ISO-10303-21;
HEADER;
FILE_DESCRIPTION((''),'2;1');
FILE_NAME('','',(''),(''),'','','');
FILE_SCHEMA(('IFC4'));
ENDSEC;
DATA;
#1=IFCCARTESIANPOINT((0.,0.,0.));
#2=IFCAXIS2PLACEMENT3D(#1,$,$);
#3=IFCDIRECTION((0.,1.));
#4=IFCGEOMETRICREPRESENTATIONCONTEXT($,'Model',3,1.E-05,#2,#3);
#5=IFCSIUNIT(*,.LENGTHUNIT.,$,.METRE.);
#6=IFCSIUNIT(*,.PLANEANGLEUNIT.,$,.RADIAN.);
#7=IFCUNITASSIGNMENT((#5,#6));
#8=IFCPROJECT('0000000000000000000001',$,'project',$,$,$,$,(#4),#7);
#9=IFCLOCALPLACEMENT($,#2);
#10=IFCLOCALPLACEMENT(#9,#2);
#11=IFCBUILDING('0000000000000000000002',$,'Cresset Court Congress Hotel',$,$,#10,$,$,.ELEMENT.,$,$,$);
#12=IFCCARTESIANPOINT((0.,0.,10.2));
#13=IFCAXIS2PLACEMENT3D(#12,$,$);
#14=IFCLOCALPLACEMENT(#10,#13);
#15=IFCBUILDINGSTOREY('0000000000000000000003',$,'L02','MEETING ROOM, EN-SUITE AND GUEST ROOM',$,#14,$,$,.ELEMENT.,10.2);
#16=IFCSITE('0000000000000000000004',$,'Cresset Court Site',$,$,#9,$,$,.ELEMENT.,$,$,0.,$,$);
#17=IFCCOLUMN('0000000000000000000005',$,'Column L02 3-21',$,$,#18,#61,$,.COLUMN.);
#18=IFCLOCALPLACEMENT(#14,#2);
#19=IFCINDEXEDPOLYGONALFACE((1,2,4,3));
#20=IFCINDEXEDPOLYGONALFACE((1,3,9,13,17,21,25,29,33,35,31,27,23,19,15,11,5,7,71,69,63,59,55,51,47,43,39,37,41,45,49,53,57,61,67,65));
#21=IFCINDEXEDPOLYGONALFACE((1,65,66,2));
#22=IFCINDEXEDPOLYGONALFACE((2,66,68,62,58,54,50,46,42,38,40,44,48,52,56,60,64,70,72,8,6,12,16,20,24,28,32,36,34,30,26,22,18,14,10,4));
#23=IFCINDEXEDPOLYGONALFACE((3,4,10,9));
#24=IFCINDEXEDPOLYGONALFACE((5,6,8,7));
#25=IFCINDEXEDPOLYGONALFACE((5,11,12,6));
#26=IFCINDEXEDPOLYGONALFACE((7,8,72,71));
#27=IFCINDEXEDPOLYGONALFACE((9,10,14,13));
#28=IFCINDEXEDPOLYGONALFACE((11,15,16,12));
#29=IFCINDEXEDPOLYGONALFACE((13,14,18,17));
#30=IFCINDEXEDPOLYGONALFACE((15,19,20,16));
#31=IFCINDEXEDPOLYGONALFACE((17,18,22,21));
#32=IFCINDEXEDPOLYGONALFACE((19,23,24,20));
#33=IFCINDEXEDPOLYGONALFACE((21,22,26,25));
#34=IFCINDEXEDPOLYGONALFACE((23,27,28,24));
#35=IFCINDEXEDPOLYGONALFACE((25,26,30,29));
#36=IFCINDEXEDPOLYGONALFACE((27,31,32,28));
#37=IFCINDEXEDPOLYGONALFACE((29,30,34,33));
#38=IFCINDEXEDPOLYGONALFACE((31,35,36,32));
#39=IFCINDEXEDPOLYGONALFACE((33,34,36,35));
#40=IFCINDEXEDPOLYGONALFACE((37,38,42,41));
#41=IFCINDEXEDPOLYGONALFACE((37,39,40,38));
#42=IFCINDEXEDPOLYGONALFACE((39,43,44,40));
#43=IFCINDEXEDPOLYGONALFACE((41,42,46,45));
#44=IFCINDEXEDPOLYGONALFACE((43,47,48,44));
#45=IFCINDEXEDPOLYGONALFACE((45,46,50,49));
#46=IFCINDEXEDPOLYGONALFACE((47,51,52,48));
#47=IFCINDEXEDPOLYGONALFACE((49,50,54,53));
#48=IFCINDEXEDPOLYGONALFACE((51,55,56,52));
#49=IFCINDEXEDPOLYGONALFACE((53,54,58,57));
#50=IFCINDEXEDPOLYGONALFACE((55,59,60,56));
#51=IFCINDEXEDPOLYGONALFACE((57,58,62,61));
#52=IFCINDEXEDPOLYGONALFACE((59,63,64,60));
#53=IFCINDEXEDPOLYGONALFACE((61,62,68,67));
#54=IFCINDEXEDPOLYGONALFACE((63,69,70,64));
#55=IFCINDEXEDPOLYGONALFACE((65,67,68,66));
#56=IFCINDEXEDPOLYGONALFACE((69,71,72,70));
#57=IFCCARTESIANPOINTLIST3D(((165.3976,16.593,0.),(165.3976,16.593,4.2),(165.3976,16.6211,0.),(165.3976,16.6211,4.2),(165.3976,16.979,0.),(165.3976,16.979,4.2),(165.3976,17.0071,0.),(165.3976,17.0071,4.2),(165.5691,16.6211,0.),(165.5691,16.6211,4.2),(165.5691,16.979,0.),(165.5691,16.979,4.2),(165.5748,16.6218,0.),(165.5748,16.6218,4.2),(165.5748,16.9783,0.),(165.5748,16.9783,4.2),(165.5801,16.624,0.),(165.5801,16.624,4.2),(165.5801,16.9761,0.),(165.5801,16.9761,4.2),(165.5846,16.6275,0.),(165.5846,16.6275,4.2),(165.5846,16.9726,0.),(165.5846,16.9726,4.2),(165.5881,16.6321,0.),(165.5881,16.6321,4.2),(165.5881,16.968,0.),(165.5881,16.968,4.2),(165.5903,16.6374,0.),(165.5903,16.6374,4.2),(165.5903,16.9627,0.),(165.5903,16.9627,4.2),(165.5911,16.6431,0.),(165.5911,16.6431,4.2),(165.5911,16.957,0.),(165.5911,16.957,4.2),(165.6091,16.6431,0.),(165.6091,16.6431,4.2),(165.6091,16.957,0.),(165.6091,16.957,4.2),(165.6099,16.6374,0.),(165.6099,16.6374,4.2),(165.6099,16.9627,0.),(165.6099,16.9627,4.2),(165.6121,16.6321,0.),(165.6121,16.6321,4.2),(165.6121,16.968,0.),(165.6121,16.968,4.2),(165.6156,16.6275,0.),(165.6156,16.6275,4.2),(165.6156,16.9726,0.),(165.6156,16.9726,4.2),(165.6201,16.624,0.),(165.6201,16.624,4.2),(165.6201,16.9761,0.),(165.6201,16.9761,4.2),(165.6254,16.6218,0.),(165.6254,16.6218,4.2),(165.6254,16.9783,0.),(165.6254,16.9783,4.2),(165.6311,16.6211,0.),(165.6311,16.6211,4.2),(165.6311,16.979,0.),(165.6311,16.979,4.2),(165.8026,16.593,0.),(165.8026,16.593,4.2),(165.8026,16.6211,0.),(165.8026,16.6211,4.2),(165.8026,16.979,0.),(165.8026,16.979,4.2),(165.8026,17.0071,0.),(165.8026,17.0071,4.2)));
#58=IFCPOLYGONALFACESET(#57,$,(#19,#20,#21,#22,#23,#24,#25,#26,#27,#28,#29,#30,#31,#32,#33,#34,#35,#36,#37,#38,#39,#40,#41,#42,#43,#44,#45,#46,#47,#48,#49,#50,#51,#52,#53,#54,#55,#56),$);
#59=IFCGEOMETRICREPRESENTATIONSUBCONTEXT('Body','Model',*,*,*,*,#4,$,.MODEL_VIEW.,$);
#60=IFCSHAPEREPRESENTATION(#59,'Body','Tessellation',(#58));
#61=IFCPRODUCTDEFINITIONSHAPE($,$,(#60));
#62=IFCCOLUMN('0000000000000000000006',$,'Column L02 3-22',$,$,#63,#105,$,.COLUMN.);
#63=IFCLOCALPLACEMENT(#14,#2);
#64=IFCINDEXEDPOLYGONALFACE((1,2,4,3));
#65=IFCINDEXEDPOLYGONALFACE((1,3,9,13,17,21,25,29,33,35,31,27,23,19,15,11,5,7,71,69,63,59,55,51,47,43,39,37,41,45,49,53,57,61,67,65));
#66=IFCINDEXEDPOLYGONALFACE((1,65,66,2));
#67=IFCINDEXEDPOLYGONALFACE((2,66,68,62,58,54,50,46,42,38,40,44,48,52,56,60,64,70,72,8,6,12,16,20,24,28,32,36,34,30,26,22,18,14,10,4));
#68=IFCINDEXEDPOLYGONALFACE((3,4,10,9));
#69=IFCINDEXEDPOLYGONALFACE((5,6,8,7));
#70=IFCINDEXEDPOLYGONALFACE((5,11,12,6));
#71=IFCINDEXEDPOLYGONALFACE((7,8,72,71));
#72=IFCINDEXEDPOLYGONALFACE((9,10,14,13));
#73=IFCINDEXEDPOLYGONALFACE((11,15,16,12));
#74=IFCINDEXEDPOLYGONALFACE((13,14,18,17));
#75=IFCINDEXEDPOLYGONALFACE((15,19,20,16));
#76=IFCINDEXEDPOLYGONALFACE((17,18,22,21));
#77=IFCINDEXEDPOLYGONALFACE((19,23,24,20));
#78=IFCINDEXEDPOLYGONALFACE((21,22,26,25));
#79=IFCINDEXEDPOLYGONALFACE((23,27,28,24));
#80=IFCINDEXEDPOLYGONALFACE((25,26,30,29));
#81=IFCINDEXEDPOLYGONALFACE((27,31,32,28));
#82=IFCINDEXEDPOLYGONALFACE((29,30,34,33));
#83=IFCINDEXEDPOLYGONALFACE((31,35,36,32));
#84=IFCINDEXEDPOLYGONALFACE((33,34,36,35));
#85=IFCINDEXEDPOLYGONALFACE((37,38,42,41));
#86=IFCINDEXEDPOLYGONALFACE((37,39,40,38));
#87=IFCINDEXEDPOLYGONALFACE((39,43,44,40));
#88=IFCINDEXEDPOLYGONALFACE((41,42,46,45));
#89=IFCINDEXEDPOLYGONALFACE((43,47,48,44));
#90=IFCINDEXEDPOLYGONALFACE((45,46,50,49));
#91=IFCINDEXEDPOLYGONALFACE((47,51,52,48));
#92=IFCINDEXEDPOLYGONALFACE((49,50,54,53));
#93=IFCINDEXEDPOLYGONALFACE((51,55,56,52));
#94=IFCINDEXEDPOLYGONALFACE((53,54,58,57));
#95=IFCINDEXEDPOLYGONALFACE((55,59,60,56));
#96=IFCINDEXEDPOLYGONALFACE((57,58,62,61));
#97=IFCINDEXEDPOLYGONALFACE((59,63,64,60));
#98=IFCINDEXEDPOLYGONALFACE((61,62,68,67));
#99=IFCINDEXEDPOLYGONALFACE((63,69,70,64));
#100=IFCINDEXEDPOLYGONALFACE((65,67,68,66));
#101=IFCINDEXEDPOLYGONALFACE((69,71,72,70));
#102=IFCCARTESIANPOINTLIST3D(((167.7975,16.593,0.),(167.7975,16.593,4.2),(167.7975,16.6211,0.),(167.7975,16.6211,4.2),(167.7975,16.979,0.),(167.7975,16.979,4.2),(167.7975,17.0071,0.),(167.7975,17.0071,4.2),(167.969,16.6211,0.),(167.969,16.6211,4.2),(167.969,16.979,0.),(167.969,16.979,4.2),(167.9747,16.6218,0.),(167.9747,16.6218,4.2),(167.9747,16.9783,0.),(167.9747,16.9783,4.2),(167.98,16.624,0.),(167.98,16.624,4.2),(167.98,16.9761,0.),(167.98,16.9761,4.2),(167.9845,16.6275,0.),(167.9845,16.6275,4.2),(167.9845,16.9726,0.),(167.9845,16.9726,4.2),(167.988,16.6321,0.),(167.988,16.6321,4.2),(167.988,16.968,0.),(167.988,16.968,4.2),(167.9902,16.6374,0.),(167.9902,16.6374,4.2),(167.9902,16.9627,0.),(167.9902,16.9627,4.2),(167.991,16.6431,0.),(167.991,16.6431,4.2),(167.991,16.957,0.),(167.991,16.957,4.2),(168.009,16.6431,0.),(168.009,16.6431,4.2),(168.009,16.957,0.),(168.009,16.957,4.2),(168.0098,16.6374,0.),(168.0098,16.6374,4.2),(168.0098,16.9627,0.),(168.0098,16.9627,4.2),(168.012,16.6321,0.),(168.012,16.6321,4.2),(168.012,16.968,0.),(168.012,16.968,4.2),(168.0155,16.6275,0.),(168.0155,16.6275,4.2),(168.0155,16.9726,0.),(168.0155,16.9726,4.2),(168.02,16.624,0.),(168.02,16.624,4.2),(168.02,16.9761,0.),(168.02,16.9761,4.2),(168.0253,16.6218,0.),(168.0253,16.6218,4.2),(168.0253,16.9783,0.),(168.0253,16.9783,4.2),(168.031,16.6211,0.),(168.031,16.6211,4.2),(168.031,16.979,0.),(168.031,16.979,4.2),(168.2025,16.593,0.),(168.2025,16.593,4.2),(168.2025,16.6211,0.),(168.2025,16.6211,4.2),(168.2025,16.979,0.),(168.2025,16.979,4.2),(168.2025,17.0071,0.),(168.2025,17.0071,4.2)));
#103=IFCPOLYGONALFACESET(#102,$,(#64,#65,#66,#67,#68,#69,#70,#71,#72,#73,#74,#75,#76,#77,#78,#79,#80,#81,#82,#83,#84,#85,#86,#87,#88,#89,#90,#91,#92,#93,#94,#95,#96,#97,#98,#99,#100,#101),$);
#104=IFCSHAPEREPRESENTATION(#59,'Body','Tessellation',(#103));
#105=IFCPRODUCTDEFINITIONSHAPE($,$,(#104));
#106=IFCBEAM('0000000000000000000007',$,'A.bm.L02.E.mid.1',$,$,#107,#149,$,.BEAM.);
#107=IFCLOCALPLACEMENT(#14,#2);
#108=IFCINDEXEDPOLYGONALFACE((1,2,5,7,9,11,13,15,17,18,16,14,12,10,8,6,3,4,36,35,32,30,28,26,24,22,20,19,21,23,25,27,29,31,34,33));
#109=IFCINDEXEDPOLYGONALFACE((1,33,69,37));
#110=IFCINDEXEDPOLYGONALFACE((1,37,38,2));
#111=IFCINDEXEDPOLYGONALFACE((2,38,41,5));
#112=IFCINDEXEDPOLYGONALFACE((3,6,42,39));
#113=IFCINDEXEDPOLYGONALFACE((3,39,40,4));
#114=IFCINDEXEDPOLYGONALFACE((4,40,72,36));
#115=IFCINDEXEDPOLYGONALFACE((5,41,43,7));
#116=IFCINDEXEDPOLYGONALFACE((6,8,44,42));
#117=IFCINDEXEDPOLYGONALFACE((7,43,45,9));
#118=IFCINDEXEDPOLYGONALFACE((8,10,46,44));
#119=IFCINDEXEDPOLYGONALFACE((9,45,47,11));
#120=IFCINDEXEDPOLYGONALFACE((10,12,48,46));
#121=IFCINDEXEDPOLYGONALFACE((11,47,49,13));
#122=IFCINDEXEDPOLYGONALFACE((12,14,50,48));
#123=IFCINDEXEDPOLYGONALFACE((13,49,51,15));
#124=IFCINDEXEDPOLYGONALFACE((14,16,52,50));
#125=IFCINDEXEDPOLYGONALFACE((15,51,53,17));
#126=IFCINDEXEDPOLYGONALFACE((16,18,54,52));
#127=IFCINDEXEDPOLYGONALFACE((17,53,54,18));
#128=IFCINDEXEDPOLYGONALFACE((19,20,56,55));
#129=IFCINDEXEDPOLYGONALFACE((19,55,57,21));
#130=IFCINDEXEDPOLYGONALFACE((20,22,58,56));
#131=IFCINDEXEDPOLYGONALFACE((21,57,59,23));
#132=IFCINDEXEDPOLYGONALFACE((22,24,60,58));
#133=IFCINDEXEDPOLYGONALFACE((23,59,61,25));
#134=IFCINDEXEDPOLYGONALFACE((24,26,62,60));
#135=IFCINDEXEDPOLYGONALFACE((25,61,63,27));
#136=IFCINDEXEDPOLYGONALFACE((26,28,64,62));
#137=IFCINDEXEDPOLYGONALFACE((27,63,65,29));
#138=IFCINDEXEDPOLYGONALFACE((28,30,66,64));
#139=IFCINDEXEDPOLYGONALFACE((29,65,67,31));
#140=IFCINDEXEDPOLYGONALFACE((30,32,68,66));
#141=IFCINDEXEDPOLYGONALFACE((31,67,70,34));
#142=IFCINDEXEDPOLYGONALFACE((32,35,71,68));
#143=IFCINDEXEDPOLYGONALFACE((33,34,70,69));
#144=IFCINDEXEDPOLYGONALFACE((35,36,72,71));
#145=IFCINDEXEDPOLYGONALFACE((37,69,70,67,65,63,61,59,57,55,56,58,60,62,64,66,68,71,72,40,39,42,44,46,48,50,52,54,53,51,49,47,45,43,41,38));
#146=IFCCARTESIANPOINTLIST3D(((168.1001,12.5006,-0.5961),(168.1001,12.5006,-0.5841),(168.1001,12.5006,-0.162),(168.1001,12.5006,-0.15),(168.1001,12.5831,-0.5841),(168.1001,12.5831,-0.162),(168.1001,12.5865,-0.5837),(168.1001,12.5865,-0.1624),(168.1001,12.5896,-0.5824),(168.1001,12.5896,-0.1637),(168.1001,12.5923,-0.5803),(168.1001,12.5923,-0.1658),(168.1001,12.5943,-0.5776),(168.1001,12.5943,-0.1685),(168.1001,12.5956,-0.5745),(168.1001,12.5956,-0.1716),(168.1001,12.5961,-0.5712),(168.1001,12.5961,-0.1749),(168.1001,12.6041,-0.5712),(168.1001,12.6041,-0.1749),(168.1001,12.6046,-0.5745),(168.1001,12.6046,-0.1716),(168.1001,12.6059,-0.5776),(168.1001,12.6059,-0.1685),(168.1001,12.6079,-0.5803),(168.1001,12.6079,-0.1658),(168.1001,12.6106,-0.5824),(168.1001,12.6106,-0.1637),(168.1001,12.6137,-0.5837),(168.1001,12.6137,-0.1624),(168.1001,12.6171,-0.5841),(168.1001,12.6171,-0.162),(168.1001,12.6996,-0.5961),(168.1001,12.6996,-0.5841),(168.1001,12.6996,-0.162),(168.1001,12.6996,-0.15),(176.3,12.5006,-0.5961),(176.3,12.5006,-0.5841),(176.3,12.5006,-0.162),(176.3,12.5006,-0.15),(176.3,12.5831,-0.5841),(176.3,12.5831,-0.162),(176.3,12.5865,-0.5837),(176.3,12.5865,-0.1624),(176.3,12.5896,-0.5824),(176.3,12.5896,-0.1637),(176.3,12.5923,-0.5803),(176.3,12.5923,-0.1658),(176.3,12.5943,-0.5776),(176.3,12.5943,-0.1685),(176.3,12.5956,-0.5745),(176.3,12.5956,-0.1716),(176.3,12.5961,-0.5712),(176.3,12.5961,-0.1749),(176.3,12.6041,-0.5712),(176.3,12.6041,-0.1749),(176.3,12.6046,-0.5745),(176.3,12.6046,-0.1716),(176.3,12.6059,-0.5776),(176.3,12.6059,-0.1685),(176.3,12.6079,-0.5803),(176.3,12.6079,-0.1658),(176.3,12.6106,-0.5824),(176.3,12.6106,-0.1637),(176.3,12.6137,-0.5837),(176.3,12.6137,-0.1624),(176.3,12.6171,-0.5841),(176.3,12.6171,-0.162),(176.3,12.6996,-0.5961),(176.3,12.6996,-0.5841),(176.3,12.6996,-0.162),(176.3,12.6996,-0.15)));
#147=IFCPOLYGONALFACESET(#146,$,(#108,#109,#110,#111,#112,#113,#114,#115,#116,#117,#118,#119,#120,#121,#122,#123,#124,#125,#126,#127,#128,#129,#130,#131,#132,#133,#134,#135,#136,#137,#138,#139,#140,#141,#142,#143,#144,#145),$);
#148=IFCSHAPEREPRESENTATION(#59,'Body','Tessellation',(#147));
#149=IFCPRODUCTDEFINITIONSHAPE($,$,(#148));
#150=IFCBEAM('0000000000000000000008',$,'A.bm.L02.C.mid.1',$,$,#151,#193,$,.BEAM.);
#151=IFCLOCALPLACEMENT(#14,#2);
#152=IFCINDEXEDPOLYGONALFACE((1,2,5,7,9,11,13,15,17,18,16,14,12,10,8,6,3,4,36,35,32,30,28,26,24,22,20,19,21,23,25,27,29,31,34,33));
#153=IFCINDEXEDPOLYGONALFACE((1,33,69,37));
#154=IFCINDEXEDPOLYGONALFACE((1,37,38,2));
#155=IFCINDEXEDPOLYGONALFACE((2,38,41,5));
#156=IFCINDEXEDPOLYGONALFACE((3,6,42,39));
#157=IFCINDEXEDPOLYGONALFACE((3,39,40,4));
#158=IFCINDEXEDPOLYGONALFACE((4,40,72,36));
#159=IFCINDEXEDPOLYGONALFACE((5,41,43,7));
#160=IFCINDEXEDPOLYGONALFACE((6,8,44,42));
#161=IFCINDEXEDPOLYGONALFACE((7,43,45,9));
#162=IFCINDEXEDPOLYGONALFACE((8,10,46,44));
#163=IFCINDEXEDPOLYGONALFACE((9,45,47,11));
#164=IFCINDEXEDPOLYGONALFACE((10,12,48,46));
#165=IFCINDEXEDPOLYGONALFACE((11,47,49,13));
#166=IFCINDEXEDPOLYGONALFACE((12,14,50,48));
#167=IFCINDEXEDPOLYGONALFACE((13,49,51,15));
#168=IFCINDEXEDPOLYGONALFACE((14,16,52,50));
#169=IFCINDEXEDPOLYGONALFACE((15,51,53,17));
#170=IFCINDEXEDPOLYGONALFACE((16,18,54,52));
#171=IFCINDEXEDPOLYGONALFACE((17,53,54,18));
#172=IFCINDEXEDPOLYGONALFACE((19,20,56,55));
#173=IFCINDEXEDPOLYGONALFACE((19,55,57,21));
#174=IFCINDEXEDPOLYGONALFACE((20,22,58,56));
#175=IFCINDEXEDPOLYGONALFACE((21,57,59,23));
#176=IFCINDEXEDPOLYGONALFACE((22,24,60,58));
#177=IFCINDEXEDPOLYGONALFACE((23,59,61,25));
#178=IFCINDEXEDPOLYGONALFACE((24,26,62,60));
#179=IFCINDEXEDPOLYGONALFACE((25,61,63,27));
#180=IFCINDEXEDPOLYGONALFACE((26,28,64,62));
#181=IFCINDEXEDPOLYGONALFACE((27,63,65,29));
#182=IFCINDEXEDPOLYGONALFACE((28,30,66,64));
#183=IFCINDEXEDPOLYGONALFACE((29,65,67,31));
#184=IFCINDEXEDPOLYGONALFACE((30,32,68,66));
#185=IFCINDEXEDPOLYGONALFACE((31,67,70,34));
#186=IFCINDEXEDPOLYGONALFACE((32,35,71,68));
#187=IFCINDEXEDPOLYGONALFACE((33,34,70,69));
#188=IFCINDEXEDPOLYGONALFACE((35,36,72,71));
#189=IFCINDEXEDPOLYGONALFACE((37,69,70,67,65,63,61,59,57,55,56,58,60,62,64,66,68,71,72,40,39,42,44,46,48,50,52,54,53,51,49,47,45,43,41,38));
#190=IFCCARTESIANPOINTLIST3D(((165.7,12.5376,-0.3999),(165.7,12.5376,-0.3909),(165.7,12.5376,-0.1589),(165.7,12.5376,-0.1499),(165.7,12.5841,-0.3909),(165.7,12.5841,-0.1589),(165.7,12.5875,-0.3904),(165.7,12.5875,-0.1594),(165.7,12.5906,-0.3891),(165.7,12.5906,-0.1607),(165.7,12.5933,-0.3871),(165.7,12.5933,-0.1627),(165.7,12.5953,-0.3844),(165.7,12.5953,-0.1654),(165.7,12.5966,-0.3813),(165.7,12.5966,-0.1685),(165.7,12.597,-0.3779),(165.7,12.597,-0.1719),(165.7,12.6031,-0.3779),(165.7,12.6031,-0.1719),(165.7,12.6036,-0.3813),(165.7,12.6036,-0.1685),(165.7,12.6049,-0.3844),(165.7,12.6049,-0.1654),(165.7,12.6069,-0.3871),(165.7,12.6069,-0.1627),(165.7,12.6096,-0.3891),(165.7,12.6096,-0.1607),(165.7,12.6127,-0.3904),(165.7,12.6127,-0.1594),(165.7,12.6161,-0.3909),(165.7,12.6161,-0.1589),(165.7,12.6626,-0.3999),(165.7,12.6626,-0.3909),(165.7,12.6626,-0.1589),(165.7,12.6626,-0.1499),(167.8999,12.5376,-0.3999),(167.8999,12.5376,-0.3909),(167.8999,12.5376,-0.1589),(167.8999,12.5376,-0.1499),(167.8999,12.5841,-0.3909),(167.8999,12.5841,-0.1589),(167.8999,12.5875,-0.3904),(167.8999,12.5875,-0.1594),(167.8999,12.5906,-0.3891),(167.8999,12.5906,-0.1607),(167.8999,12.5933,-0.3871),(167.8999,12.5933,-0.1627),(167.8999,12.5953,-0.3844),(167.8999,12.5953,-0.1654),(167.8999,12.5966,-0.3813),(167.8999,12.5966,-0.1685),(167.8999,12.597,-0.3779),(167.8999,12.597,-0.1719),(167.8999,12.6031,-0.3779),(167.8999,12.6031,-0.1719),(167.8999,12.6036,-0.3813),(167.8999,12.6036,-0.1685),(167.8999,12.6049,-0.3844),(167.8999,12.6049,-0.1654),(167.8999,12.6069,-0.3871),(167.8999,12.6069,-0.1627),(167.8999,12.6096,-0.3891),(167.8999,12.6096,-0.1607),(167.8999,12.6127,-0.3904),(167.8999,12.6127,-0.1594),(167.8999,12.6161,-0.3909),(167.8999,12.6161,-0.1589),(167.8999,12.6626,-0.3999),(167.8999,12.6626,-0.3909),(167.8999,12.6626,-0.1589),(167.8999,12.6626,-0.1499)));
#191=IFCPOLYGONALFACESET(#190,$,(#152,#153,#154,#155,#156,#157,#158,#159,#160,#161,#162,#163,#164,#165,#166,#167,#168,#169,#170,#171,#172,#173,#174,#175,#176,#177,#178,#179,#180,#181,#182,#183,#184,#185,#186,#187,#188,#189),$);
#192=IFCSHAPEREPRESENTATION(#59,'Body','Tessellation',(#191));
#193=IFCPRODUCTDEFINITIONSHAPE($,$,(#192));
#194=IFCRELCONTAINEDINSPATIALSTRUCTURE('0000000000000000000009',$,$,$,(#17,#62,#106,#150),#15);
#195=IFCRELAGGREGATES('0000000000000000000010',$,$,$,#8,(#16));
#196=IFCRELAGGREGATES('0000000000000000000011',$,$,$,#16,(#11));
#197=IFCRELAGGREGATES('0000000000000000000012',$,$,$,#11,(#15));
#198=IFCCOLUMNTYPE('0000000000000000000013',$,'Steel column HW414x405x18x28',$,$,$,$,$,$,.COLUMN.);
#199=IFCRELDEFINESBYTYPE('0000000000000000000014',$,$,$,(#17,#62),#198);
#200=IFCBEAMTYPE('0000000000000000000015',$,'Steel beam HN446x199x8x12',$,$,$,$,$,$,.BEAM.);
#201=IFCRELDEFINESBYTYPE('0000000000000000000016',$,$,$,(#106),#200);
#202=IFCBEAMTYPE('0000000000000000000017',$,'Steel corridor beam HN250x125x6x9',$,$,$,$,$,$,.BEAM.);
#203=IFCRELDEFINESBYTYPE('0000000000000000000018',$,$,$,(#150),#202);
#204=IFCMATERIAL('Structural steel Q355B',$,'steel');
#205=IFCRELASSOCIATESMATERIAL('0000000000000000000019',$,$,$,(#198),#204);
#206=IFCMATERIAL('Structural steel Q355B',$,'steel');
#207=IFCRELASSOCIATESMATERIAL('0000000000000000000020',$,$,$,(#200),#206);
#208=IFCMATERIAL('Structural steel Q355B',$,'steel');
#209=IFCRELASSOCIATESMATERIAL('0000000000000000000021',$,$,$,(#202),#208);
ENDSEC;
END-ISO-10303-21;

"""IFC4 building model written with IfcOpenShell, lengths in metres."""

from ifc_helpers import new_model, si_unit, direction, frame, origin, origin_2d, place, context, subcontext, project, spatial, i_section, extrude, material, material_profile, profile_set, type_object, element, save


model = new_model("IFC4")

# Units and contexts
model_context = context("Model", 3, precision=1e-05, world=origin(), true_north=direction((0.0, 1.0)))
body_context = subcontext(model_context, "Body", "Model", "MODEL_VIEW")
ifc_project = project(units=[si_unit("LENGTHUNIT", "METRE"), si_unit("PLANEANGLEUNIT", "RADIAN")], contexts=[model_context])

# Site, building, storey
site_placement = place(None, origin())
site = spatial("IfcSite", under=ifc_project, at=site_placement, Name="Cresset Court Site", CompositionType="ELEMENT", RefElevation=0.0)
building_placement = place(site_placement, origin())
building = spatial("IfcBuilding", under=site, at=building_placement, Name="Cresset Court Congress Hotel", CompositionType="ELEMENT")
storey_placement = place(building_placement, frame((0.0, 0.0, 10.2)))
storey = spatial("IfcBuildingStorey", under=building, at=storey_placement, Name="L02", Description="MEETING ROOM, EN-SUITE AND GUEST ROOM", CompositionType="ELEMENT", Elevation=10.2)

# Columns
ifc_material_1 = material(Name="Structural steel Q355B", Category="steel")
ifc_material_profile_1 = material_profile(ifc_material_1, i_section(OverallWidth=0.405, OverallDepth=0.4141, WebThickness=0.0181, FlangeThickness=0.0281, FilletRadius=0.022, at=origin_2d()), Name="HW414x405x18x28")
ifc_profile_set_1 = profile_set([ifc_material_profile_1], Name="Structural steel Q355B")
column_type = type_object("IfcColumnType", Name="Steel column HW414x405x18x28", PredefinedType="COLUMN", material=ifc_profile_set_1)
for number, where, z_axis, x_axis, name in (
    (1, (165.6001, 16.8, 0.0), (0.0, 0.0, 1.0), (1.0, 0.0, 0.0), "Column L02 3-21"),
    (2, (168.0, 16.8, 0.0), (0.0, 0.0, 1.0), (1.0, 0.0, 0.0), "Column L02 3-22"),
):
    element("IfcColumn", number, at=place(storey_placement, frame(where, z_axis=z_axis, x_axis=x_axis)), inside=storey, type_object=column_type, Name=name, PredefinedType="COLUMN", context=body_context, shape_type="SweptSolid", body=[
        extrude(i_section(OverallWidth=0.405, OverallDepth=0.4141, WebThickness=0.0181, FlangeThickness=0.0281, FilletRadius=0.022, at=origin_2d()), origin(), (0.0, 0.0, 1.0), 4.2),
    ])

# Beams
ifc_material_2 = material(Name="Structural steel Q355B", Category="steel")
ifc_material_profile_2 = material_profile(ifc_material_2, i_section(OverallWidth=0.199, OverallDepth=0.446, WebThickness=0.0081, FlangeThickness=0.012, FilletRadius=0.0129, at=origin_2d()), Name="HN446x199x8x12")
ifc_profile_set_2 = profile_set([ifc_material_profile_2], Name="Structural steel Q355B")
beam_type_1 = type_object("IfcBeamType", Name="Steel beam HN446x199x8x12", PredefinedType="BEAM", material=ifc_profile_set_2)
beam_1_placement = place(storey_placement, frame((168.1001, 12.6001, -0.373), z_axis=(1.0, 0.0, 0.0), x_axis=(0.0, 1.0, 0.0)))
element("IfcBeam", 3, at=beam_1_placement, inside=storey, type_object=beam_type_1, Name="A.bm.L02.E.mid.1", PredefinedType="BEAM", context=body_context, shape_type="SweptSolid", body=[
    extrude(i_section(OverallWidth=0.199, OverallDepth=0.446, WebThickness=0.0081, FlangeThickness=0.012, FilletRadius=0.0129, at=origin_2d()), origin(), (0.0, 0.0, 1.0), 8.2),
])
ifc_material_3 = material(Name="Structural steel Q355B", Category="steel")
ifc_material_profile_3 = material_profile(ifc_material_3, i_section(OverallWidth=0.125, OverallDepth=0.25, WebThickness=0.0061, FlangeThickness=0.009, FilletRadius=0.0129, at=origin_2d()), Name="HN250x125x6x9")
ifc_profile_set_3 = profile_set([ifc_material_profile_3], Name="Structural steel Q355B")
beam_type_2 = type_object("IfcBeamType", Name="Steel corridor beam HN250x125x6x9", PredefinedType="BEAM", material=ifc_profile_set_3)
beam_2_placement = place(storey_placement, frame((165.7, 12.6001, -0.2749), z_axis=(1.0, 0.0, 0.0), x_axis=(0.0, 1.0, 0.0)))
element("IfcBeam", 4, at=beam_2_placement, inside=storey, type_object=beam_type_2, Name="A.bm.L02.C.mid.1", PredefinedType="BEAM", context=body_context, shape_type="SweptSolid", body=[
    extrude(i_section(OverallWidth=0.125, OverallDepth=0.25, WebThickness=0.0061, FlangeThickness=0.009, FilletRadius=0.0129, at=origin_2d()), origin(), (0.0, 0.0, 1.0), 2.2),
])

save(model, "model.ifc")
